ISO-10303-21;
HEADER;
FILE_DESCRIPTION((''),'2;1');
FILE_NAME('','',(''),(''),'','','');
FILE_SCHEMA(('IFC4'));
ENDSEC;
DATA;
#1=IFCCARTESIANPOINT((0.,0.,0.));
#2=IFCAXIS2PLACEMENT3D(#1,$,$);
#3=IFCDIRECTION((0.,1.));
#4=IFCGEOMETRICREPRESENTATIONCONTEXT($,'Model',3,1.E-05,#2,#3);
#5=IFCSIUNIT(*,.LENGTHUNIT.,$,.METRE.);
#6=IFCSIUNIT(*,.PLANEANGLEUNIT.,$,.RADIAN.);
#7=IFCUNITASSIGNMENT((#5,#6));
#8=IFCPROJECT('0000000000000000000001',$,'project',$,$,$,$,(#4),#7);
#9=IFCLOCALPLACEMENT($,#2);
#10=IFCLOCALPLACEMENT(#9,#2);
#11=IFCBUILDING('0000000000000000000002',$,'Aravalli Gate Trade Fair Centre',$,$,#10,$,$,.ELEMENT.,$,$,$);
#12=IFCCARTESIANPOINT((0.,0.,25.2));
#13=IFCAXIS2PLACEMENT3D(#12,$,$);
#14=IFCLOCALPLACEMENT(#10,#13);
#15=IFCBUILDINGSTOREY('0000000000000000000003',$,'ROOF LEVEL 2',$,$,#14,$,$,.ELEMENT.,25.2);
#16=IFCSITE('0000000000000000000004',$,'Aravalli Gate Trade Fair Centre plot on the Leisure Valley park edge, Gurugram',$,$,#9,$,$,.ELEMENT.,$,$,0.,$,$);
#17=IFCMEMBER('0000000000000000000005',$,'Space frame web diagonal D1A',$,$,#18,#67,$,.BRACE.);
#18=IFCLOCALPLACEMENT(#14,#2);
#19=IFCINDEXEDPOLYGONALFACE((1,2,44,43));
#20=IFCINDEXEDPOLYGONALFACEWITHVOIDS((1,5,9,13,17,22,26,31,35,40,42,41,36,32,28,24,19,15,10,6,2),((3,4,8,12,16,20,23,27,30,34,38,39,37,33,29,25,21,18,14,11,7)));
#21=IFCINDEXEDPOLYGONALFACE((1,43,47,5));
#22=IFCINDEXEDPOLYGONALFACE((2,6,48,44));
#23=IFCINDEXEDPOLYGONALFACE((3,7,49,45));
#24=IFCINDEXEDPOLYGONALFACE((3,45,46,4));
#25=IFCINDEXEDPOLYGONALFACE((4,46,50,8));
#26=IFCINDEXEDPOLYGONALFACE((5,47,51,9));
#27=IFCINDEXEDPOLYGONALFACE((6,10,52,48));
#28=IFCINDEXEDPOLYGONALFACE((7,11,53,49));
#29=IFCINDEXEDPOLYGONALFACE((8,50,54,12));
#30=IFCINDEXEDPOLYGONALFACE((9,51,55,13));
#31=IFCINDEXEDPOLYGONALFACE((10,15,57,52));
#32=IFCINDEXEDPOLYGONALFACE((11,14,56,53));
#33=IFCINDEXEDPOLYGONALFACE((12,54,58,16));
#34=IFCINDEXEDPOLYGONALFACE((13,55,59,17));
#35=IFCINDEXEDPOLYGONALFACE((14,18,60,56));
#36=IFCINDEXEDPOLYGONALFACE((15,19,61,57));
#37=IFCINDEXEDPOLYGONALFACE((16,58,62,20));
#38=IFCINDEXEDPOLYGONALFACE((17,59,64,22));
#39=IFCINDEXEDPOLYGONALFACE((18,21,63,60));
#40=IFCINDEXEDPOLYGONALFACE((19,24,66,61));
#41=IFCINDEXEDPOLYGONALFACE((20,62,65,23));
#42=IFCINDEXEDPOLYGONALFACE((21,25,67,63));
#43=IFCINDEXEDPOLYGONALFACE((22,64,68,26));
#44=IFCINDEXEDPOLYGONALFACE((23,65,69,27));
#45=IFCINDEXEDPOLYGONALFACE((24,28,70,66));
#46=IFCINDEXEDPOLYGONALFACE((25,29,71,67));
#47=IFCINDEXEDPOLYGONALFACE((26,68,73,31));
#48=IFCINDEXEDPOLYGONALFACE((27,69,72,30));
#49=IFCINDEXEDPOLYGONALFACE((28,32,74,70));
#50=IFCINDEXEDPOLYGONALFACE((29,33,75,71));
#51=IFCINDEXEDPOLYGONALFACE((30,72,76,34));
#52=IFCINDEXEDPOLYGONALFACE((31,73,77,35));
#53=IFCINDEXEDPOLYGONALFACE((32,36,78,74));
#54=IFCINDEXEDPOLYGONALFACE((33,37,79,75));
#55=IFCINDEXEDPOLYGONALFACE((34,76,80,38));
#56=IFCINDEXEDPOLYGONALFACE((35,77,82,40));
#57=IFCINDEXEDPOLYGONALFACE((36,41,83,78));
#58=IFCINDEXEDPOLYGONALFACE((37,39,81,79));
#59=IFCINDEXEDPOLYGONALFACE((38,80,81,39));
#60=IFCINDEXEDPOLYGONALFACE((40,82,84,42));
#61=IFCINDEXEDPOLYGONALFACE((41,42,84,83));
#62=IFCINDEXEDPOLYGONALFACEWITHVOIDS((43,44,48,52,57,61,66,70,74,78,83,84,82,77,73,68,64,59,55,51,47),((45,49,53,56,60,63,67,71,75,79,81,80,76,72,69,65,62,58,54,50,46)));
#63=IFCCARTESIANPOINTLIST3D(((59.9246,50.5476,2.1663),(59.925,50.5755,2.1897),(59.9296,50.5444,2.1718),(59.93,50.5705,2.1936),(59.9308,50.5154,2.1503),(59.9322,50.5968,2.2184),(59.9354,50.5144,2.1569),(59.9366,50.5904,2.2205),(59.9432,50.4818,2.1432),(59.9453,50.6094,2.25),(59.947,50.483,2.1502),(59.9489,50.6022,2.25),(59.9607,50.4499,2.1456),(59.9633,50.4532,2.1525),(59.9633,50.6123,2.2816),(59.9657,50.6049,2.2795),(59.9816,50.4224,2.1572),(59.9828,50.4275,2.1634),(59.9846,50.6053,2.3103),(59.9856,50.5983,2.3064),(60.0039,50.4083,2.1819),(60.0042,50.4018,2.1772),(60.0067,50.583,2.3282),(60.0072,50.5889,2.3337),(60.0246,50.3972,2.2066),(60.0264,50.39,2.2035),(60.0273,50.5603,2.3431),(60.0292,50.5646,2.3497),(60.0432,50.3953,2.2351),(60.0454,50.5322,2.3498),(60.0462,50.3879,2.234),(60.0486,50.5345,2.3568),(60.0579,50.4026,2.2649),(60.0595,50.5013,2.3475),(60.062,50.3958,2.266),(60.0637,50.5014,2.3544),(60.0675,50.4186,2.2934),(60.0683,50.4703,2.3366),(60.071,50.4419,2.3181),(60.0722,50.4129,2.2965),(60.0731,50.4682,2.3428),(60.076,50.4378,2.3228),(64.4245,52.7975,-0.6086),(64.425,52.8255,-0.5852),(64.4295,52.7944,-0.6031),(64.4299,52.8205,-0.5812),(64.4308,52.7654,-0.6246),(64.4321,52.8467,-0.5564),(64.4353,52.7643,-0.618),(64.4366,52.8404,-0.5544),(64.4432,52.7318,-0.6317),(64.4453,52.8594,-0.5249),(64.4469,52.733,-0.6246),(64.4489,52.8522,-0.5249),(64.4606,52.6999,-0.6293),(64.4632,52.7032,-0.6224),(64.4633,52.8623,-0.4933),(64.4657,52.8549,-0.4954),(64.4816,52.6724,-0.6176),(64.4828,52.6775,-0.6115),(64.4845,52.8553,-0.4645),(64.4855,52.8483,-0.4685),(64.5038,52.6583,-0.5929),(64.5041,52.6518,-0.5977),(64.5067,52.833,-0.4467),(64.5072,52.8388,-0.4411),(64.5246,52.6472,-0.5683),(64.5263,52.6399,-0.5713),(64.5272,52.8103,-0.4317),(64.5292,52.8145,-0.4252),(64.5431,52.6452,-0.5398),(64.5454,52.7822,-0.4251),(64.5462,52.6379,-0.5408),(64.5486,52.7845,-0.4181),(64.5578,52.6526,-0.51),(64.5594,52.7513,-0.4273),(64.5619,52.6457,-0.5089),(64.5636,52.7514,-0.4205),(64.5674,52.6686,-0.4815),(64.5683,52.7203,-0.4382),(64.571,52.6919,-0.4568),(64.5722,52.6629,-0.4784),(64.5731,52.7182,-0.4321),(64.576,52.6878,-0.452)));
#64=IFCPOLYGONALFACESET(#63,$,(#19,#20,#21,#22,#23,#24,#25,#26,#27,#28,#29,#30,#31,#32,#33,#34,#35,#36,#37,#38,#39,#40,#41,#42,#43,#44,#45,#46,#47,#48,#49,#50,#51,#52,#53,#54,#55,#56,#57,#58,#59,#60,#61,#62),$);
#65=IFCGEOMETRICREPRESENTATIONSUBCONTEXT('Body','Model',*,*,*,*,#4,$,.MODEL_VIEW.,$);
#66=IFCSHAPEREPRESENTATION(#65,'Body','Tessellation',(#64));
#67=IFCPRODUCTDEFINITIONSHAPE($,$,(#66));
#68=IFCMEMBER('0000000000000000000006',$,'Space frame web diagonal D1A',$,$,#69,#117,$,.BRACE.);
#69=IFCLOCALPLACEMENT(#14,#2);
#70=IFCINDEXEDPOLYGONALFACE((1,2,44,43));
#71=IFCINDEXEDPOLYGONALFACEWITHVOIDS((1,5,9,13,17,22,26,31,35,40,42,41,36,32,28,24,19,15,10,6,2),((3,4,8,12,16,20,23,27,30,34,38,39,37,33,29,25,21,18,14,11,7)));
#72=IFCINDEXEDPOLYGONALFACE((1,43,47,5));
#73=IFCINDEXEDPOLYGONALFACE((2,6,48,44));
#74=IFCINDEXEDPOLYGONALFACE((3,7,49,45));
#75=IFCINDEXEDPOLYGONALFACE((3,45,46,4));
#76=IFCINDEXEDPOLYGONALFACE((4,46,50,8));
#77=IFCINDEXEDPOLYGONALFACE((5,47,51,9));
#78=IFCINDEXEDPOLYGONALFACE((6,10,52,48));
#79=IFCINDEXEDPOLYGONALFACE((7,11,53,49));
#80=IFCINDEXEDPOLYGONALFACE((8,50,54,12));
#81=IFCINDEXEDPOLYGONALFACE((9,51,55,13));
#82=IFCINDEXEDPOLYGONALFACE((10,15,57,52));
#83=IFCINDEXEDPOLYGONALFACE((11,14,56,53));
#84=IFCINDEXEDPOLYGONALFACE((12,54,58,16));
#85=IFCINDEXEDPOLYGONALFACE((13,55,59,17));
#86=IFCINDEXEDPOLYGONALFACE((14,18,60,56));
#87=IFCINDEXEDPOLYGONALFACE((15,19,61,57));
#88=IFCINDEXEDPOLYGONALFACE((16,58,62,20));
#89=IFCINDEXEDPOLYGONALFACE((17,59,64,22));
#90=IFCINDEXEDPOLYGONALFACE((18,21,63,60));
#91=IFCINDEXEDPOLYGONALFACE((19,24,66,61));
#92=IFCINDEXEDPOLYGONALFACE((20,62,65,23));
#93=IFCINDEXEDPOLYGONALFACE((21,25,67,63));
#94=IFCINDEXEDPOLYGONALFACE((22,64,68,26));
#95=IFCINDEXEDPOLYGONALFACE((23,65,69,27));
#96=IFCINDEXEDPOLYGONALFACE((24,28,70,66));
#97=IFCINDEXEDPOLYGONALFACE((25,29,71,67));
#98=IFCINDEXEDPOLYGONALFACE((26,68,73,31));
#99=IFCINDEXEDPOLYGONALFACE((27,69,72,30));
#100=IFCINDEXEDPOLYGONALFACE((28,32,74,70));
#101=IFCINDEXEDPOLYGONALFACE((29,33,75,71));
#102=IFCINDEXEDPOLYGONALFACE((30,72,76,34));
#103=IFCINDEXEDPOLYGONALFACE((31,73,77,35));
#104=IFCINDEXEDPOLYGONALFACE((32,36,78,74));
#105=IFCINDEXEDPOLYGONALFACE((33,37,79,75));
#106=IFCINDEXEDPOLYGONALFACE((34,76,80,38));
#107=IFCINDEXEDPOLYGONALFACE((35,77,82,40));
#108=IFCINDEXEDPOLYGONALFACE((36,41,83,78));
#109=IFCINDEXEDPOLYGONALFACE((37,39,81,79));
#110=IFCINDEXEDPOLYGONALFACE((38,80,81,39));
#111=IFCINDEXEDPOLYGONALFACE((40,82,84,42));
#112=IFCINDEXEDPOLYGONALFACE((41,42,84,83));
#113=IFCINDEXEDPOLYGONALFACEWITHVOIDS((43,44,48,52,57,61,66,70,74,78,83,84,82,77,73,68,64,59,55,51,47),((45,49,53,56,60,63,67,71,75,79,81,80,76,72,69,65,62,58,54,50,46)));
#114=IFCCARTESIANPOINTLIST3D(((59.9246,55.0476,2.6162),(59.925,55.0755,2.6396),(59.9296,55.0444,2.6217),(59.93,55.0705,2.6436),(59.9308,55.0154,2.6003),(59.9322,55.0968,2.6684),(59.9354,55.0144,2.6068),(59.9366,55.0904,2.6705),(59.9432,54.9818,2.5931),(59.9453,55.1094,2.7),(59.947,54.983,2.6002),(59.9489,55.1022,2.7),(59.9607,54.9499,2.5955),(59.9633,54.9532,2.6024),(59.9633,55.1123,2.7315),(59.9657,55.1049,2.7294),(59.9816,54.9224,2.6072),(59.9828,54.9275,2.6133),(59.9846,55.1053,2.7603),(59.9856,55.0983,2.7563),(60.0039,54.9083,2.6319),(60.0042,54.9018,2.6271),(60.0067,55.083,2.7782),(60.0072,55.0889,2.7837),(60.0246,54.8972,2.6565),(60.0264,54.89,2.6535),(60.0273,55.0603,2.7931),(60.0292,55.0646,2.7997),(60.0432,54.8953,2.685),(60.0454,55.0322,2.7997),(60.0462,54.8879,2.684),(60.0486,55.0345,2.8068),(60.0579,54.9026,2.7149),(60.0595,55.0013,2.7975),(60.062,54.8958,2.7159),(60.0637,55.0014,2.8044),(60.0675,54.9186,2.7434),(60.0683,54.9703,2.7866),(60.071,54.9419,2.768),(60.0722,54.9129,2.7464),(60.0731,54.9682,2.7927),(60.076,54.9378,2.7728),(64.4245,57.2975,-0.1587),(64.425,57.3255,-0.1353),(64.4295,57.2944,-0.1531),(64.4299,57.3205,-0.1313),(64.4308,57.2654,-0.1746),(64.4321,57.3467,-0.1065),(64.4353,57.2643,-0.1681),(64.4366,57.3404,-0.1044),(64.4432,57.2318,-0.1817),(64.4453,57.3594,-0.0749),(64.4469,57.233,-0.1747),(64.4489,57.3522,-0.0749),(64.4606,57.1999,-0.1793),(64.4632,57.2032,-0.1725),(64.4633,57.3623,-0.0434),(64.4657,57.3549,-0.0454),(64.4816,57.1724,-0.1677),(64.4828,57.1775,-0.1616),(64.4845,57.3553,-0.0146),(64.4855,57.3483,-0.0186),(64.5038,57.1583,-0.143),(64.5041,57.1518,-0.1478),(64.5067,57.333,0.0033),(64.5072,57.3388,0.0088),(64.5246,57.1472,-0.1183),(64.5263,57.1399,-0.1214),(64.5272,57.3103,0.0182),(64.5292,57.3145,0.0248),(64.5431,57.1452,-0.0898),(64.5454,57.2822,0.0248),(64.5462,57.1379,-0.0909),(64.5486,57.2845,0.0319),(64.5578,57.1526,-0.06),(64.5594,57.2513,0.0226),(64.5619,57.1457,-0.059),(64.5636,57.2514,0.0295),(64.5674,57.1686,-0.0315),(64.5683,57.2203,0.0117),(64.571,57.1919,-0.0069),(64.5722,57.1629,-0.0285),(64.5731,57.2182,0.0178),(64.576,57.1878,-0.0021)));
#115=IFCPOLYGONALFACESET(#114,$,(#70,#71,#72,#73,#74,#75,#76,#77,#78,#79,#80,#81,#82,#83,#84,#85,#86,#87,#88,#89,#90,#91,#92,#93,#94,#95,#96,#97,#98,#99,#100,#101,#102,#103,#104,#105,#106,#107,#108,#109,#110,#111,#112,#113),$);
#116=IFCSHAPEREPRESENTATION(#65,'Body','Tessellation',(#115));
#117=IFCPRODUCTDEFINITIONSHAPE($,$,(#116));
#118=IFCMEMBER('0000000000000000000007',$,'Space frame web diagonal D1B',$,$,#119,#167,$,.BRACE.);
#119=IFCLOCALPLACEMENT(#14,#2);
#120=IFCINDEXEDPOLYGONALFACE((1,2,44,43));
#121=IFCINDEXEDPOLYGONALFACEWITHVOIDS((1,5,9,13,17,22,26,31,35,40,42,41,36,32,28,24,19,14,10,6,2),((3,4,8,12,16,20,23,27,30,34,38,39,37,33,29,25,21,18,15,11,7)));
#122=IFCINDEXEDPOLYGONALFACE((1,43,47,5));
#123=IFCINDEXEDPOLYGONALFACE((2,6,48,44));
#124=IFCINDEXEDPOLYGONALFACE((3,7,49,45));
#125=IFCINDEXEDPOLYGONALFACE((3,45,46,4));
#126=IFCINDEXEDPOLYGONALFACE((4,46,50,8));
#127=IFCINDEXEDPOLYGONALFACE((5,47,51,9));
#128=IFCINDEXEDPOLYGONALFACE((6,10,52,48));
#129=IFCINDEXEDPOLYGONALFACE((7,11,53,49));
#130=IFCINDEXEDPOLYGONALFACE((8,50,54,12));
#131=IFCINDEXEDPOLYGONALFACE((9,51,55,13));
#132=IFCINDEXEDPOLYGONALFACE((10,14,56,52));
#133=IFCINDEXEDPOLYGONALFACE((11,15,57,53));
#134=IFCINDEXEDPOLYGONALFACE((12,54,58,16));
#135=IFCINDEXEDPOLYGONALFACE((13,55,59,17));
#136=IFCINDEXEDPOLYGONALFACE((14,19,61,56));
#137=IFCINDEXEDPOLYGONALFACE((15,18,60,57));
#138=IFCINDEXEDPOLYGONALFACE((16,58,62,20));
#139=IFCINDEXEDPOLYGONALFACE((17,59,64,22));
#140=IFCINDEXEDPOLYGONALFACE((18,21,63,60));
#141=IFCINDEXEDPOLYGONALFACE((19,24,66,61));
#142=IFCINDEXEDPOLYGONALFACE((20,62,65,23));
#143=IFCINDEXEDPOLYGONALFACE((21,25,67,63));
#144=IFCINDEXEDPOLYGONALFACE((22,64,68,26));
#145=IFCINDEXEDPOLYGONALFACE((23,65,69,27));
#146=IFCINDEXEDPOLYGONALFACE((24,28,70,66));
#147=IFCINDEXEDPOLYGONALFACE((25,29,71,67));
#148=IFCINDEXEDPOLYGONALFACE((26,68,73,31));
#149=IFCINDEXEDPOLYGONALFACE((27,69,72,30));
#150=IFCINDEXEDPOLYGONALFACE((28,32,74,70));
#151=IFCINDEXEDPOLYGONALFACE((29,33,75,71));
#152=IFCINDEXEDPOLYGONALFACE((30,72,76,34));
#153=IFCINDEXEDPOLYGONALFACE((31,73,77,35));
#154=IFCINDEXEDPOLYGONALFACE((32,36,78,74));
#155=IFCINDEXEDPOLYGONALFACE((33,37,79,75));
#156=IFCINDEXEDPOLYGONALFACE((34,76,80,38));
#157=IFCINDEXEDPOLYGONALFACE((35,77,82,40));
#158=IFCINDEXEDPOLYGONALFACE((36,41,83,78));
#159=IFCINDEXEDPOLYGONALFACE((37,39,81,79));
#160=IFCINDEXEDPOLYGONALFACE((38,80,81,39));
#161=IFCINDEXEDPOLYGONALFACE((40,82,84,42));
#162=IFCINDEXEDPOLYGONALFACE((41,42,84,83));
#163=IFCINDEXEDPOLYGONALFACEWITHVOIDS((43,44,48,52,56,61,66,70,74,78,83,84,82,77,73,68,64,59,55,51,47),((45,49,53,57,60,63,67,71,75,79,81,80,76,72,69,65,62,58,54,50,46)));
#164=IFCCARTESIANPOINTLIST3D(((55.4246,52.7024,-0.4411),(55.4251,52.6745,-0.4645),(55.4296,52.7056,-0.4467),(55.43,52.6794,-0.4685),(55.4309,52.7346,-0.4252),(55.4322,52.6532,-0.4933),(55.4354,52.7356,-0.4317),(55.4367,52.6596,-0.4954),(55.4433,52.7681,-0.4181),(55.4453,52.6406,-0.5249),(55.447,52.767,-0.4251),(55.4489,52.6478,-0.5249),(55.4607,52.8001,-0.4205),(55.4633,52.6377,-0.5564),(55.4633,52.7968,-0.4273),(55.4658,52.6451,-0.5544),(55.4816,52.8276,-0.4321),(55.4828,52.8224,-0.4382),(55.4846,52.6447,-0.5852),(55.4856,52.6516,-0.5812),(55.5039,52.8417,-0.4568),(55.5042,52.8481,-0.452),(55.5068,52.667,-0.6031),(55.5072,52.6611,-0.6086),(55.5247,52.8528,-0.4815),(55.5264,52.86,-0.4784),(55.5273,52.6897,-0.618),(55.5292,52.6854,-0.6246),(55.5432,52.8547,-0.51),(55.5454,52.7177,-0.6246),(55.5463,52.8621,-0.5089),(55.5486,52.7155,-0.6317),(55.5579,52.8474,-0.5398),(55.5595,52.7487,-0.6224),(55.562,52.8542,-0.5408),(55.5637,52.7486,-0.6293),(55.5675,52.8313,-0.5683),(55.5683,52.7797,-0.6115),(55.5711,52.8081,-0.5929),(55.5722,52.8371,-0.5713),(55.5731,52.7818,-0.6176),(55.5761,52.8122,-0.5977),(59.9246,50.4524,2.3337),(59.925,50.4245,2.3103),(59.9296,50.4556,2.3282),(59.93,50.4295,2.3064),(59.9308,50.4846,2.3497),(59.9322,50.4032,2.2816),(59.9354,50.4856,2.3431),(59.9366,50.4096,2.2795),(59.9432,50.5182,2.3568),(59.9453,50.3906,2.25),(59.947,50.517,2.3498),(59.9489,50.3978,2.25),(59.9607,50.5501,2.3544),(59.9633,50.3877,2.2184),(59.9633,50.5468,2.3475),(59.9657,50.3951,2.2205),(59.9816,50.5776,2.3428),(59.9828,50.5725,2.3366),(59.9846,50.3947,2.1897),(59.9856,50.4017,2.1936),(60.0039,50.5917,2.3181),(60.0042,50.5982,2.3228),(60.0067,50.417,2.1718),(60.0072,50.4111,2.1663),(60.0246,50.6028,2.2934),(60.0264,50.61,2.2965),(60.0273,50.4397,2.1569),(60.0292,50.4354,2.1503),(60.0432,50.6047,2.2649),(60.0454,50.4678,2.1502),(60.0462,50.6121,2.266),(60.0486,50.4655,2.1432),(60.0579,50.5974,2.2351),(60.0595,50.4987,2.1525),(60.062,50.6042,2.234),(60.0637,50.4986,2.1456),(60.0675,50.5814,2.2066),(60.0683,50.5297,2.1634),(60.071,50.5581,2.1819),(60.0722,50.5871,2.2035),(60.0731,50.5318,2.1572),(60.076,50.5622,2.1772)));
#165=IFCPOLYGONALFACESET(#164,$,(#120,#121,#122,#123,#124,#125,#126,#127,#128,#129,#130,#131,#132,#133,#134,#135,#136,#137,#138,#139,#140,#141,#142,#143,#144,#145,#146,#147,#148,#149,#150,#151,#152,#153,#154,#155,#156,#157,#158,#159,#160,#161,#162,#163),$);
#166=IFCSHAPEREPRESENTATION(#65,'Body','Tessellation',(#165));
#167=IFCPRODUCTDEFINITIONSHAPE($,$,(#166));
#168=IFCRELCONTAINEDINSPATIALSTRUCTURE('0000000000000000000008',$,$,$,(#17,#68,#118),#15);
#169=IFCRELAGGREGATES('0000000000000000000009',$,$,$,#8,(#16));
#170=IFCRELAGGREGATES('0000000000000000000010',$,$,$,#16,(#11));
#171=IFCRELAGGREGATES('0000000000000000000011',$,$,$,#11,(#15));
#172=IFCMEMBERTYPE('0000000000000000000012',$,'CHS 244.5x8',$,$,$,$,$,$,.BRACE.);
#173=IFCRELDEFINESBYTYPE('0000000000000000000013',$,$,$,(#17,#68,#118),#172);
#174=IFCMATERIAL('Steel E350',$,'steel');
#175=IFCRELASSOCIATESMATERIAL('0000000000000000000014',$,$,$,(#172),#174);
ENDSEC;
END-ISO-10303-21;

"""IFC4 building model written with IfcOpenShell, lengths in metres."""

from ifc_helpers import new_model, si_unit, direction, frame, origin, origin_2d, place, context, subcontext, project, spatial, hollow_circle, extrude, material, material_profile, profile_set, type_object, element, save


model = new_model("IFC4")

# Units and contexts
model_context = context("Model", 3, precision=1e-05, world=origin(), true_north=direction((0.0, 1.0)))
body_context = subcontext(model_context, "Body", "Model", "MODEL_VIEW")
ifc_project = project(units=[si_unit("LENGTHUNIT", "METRE"), si_unit("PLANEANGLEUNIT", "RADIAN")], contexts=[model_context])

# Site, building, storey
site_placement = place(None, origin())
site = spatial("IfcSite", under=ifc_project, at=site_placement, Name="Aravalli Gate Trade Fair Centre plot on the Leisure Valley park edge, Gurugram", CompositionType="ELEMENT", RefElevation=0.0)
building_placement = place(site_placement, origin())
building = spatial("IfcBuilding", under=site, at=building_placement, Name="Aravalli Gate Trade Fair Centre", CompositionType="ELEMENT")
storey_placement = place(building_placement, frame((0.0, 0.0, 25.2)))
storey = spatial("IfcBuildingStorey", under=building, at=storey_placement, Name="ROOF LEVEL 2", CompositionType="ELEMENT", Elevation=25.2)

# Members
ifc_material = material(Name="Steel E350", Category="steel")
ifc_material_profile_1 = material_profile(ifc_material, hollow_circle(Radius=0.1223, WallThickness=0.0081, at=origin_2d()), Name="CHS 244.5x8")
ifc_profile_set_1 = profile_set([ifc_material_profile_1], Name="Steel E350")
member_type_1 = type_object("IfcMemberType", Name="CHS 244.5x8", PredefinedType="BRACE", material=ifc_profile_set_1)
for number, where, z_axis, x_axis, name in (
    (1, (60.0, 50.5, 2.25), (0.7832, 0.3916, -0.482956), (-0.447214, 0.894427, 0.0), "Space frame web diagonal D1A"),
    (2, (60.0, 55.0, 2.7), (0.7832, 0.3916, -0.482956), (-0.447214, 0.894427, 0.0), "Space frame web diagonal D1A"),
    (3, (60.0, 50.5, 2.25), (-0.7832, 0.3916, -0.482956), (-0.447214, -0.894427, 0.0), "Space frame web diagonal D1B"),
):
    element("IfcMember", number, at=place(storey_placement, frame(where, z_axis=z_axis, x_axis=x_axis)), inside=storey, type_object=member_type_1, Name=name, PredefinedType="BRACE", context=body_context, shape_type="SweptSolid", body=[
        extrude(hollow_circle(Radius=0.1223, WallThickness=0.0081, at=origin_2d()), origin(), (0.0, 0.0, 1.0), 5.7456),
    ])

save(model, "model.ifc")
